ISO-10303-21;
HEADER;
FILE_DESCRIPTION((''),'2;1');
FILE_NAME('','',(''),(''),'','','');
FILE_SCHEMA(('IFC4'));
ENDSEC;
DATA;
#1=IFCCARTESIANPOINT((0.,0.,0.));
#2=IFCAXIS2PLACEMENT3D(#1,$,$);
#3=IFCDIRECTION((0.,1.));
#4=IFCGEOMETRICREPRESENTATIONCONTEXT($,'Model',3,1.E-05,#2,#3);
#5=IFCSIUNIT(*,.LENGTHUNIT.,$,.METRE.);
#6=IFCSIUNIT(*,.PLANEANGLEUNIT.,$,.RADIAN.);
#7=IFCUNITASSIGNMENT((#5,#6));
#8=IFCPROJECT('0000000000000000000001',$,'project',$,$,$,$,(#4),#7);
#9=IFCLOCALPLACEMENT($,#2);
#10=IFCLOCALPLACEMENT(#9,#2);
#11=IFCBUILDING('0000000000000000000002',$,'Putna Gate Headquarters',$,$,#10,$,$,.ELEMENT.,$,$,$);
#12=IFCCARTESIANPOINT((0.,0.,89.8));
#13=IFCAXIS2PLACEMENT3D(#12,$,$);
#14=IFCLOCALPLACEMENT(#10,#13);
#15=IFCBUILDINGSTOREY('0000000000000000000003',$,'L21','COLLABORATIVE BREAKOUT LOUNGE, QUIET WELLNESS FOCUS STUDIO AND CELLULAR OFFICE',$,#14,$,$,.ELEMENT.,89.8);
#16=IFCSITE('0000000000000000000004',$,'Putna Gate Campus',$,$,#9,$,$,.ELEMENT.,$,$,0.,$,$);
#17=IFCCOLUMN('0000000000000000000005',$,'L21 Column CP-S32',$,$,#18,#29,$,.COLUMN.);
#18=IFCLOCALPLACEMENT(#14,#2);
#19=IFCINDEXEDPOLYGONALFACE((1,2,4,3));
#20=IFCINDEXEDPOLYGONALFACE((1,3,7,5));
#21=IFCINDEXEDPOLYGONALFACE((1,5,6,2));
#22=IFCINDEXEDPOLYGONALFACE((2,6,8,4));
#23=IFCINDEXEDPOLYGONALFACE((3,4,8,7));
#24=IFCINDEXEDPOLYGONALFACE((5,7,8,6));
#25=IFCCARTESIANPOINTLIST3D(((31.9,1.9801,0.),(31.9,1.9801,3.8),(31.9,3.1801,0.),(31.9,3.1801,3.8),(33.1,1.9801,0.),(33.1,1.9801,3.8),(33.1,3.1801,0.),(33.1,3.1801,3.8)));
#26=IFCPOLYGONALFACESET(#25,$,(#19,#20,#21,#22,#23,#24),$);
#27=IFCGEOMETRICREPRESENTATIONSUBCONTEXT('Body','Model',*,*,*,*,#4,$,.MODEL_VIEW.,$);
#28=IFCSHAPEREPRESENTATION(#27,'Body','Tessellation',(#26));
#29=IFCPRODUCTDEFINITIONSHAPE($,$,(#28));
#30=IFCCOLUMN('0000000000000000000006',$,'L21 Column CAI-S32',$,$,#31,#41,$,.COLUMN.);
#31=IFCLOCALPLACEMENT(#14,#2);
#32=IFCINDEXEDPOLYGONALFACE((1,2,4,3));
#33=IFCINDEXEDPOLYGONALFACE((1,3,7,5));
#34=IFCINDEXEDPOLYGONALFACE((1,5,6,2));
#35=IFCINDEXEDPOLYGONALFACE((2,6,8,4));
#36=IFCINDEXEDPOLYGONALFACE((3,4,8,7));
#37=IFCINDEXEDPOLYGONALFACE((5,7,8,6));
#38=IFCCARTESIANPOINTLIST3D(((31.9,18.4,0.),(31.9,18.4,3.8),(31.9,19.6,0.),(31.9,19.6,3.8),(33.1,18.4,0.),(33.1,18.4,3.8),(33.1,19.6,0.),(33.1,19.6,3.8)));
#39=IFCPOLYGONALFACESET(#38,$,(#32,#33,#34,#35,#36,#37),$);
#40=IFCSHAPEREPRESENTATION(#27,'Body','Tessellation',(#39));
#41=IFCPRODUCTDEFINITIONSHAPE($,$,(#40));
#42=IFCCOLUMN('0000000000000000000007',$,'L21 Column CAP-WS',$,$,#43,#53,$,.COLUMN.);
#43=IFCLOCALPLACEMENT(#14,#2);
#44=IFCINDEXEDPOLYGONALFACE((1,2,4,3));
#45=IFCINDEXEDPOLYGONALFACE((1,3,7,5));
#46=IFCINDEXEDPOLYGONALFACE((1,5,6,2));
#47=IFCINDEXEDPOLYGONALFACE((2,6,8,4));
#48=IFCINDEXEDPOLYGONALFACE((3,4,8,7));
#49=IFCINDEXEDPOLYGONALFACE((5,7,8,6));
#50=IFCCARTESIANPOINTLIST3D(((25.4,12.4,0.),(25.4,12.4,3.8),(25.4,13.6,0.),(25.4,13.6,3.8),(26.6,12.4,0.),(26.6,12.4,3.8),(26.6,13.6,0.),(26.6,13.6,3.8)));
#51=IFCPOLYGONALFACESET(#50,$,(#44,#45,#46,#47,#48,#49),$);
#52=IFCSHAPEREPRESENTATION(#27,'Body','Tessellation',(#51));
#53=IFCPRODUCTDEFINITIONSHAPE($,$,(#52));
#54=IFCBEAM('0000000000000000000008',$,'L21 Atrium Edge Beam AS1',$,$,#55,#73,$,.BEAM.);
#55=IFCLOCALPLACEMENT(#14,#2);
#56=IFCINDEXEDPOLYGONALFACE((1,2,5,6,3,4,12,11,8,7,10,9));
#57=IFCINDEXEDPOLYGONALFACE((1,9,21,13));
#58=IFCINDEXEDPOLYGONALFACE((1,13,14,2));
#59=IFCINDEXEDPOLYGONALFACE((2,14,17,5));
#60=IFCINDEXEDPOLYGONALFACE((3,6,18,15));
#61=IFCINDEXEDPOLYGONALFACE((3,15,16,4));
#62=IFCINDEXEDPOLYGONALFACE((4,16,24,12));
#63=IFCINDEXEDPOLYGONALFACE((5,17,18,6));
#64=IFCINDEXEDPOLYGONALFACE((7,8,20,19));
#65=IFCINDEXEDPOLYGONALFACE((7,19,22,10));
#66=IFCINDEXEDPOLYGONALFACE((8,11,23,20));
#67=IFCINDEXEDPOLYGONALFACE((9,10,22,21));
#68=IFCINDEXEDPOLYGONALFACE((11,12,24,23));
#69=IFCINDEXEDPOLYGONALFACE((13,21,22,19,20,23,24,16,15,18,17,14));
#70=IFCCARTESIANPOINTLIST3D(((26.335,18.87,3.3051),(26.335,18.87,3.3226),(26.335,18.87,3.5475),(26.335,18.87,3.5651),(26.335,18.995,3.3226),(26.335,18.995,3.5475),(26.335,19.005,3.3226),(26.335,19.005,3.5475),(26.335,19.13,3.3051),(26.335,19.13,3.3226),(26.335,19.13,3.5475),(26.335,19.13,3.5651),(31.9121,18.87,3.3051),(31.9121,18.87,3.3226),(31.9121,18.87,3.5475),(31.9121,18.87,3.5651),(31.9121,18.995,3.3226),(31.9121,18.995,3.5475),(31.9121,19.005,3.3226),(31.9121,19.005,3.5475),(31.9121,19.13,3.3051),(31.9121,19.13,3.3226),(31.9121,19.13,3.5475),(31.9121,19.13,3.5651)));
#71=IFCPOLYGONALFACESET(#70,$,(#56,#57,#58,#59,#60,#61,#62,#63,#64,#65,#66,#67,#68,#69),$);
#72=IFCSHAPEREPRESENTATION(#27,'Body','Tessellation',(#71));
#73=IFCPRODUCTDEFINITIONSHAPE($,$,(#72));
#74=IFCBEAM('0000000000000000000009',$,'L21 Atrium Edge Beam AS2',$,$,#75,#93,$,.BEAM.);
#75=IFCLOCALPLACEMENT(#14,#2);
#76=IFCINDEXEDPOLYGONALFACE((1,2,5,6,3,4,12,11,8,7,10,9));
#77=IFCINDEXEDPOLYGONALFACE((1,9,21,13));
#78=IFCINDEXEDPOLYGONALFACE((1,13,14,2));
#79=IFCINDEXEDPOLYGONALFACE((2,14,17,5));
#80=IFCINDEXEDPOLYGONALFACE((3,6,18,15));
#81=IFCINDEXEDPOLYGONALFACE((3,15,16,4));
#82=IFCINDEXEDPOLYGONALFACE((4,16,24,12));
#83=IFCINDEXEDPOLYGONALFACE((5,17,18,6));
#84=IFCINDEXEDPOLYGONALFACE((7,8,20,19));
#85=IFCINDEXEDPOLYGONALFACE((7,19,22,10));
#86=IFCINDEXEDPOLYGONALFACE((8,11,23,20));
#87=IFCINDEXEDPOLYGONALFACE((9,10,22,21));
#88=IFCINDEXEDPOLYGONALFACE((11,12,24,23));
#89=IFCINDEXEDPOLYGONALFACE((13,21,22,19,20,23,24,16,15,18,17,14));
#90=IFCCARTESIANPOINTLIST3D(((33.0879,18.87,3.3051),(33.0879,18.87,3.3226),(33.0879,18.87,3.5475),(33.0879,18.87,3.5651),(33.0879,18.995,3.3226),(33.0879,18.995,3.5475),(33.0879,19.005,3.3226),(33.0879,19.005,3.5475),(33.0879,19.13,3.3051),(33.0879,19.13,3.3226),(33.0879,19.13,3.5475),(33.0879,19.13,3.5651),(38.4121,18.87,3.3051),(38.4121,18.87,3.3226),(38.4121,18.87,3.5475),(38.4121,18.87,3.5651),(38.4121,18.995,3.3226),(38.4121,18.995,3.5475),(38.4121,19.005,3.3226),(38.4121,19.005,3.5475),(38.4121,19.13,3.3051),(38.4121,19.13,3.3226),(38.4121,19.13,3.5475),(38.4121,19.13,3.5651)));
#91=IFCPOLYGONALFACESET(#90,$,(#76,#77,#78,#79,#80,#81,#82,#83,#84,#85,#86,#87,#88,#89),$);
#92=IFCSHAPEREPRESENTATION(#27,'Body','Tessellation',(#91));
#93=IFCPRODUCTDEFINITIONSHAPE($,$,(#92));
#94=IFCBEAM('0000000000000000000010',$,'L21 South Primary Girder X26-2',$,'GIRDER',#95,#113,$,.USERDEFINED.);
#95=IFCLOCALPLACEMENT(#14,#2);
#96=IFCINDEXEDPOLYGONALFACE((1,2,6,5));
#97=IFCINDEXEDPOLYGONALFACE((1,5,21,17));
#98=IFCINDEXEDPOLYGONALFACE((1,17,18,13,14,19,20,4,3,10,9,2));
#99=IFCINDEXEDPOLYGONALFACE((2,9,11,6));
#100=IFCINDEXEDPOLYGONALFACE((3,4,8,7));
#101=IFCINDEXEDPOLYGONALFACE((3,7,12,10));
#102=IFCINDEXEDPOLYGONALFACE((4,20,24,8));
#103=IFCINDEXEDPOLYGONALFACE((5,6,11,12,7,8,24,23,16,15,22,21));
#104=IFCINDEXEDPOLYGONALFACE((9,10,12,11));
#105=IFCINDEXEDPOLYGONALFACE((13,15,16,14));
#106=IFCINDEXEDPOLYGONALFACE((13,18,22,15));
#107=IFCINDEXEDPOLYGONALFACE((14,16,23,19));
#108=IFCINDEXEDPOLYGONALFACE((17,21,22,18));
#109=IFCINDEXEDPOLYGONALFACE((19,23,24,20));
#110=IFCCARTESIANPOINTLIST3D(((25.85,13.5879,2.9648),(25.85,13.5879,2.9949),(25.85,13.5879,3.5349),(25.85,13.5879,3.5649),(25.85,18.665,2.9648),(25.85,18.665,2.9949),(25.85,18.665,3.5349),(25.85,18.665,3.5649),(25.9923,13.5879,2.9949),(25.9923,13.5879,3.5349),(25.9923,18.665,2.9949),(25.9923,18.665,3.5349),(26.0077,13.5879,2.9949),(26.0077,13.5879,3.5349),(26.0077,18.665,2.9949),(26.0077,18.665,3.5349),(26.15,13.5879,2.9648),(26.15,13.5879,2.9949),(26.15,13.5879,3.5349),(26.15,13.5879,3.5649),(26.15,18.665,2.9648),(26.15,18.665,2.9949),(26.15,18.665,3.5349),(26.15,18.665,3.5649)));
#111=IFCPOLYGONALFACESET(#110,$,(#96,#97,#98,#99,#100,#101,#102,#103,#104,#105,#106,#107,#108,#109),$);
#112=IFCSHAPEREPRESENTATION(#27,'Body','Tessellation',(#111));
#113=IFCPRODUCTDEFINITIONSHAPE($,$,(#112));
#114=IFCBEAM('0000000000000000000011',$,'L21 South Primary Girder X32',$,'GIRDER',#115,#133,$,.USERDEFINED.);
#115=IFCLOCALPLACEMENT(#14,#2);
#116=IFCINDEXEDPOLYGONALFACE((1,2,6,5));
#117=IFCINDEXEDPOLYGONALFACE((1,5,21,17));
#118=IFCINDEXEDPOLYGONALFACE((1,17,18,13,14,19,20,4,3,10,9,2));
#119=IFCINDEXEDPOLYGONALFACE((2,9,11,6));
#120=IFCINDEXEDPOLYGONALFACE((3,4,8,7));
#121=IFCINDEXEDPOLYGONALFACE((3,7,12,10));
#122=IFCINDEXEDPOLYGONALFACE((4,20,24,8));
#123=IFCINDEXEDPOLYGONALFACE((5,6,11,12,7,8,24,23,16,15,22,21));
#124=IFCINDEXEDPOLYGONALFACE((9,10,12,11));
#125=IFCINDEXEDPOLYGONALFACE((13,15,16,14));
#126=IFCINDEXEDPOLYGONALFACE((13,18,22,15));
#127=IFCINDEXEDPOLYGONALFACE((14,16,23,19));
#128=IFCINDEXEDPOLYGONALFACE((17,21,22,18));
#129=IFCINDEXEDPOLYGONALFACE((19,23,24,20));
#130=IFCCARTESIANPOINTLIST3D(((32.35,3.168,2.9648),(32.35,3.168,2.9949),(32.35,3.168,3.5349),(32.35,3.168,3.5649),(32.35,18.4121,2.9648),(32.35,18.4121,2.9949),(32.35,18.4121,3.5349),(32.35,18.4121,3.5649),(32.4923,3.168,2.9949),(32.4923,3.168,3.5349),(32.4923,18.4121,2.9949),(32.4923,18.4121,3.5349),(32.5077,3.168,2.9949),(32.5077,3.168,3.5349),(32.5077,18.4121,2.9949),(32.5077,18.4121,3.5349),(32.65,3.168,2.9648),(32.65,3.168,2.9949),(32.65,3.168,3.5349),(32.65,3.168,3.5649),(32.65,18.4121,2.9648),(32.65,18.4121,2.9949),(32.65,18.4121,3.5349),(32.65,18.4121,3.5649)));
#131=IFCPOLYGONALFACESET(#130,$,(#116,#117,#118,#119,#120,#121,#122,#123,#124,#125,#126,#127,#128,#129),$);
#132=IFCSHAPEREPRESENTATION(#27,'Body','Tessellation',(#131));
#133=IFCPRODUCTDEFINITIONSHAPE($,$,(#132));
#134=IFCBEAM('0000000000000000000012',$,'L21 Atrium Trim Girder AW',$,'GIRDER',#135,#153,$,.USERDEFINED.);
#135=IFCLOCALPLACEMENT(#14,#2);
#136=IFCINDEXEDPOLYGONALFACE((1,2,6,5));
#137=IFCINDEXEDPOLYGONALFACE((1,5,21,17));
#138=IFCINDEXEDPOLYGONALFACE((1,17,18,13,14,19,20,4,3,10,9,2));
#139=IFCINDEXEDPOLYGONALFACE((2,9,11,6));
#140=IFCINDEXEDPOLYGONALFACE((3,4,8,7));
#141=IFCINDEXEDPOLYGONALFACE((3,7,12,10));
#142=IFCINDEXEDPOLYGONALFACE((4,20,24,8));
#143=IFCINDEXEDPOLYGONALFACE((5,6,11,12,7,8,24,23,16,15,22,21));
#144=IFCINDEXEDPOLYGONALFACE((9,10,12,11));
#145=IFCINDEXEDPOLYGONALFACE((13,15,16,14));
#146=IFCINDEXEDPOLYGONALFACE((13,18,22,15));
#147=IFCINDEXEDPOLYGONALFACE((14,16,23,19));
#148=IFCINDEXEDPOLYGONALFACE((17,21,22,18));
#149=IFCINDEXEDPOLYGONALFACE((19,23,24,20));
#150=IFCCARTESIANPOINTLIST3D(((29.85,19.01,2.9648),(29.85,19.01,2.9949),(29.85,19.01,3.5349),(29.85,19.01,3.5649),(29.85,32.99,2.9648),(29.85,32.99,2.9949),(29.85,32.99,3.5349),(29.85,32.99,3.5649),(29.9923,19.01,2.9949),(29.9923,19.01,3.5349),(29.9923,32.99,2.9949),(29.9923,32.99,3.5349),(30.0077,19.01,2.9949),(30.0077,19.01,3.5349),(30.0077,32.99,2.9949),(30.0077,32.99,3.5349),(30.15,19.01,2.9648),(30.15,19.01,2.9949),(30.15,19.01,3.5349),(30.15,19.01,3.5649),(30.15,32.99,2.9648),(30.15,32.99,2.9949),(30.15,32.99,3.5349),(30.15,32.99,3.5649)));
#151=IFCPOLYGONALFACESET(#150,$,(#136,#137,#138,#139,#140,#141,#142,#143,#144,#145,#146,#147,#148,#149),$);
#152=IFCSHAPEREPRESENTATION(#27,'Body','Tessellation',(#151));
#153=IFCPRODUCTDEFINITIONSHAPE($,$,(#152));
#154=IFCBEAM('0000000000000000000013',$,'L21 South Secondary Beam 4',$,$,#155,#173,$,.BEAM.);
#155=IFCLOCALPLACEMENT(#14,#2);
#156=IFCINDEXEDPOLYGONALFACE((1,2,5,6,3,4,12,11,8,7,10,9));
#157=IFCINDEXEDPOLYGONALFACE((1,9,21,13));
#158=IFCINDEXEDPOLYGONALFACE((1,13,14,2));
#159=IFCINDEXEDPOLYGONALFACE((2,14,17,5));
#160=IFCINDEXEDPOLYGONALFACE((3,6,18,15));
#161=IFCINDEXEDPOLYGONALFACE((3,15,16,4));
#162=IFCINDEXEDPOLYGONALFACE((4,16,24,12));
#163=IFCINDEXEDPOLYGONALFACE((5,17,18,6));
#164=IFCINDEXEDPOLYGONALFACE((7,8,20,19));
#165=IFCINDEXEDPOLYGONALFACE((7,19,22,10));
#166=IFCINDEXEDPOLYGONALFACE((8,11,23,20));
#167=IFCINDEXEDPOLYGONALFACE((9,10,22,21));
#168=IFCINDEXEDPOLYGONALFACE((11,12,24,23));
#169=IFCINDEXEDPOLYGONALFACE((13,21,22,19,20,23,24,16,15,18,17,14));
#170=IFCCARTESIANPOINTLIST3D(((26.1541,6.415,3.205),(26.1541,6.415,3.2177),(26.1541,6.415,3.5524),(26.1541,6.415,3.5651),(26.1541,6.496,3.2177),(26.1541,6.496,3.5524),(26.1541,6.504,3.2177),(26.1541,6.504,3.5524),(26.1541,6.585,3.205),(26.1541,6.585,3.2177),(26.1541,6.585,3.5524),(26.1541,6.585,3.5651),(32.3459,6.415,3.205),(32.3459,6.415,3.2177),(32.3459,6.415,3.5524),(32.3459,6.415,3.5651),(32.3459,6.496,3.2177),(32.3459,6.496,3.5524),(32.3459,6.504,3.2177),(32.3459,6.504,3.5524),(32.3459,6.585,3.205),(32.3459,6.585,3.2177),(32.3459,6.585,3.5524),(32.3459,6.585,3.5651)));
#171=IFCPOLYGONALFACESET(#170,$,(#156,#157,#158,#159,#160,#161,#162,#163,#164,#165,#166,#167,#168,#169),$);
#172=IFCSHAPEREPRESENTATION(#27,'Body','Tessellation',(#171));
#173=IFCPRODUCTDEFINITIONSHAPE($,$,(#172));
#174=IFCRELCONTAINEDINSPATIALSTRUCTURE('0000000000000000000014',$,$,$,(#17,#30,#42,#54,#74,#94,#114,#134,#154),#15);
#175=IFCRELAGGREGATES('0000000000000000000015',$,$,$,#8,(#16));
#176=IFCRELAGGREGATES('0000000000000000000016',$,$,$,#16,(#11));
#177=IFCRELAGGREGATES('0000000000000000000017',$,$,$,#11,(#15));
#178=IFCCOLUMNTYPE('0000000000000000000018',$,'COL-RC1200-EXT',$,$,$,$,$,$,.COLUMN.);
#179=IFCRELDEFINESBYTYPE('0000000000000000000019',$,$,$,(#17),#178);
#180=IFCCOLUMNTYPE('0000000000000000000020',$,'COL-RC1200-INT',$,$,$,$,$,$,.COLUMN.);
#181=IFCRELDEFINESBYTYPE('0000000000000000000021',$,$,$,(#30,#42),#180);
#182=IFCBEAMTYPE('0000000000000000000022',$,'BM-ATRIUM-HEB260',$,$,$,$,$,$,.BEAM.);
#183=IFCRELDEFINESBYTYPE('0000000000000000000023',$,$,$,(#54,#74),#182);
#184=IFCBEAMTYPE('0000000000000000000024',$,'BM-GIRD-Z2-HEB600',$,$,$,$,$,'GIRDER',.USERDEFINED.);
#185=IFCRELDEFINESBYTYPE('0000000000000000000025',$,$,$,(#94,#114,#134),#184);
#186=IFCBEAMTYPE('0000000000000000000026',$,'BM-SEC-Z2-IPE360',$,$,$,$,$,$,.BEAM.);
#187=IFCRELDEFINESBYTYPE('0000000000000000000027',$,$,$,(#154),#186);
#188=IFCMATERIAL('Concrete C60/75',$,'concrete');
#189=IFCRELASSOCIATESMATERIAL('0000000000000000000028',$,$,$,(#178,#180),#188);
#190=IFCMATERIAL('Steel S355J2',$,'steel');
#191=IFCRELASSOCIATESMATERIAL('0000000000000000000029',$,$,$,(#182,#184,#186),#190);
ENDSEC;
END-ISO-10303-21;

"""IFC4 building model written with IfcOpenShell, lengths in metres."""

from ifc_helpers import new_model, si_unit, direction, frame, origin, origin_2d, place, context, subcontext, project, spatial, rectangle, i_section, extrude, material, material_profile, profile_set, type_object, element, save


model = new_model("IFC4")

# Units and contexts
model_context = context("Model", 3, precision=1e-05, world=origin(), true_north=direction((0.0, 1.0)))
body_context = subcontext(model_context, "Body", "Model", "MODEL_VIEW")
ifc_project = project(units=[si_unit("LENGTHUNIT", "METRE"), si_unit("PLANEANGLEUNIT", "RADIAN")], contexts=[model_context])

# Site, building, storey
site_placement = place(None, origin())
site = spatial("IfcSite", under=ifc_project, at=site_placement, Name="Putna Gate Campus", CompositionType="ELEMENT", RefElevation=0.0)
building_placement = place(site_placement, origin())
building = spatial("IfcBuilding", under=site, at=building_placement, Name="Putna Gate Headquarters", CompositionType="ELEMENT")
storey_placement = place(building_placement, frame((0.0, 0.0, 89.8)))
storey = spatial("IfcBuildingStorey", under=building, at=storey_placement, Name="L21", Description="COLLABORATIVE BREAKOUT LOUNGE, QUIET WELLNESS FOCUS STUDIO AND CELLULAR OFFICE", CompositionType="ELEMENT", Elevation=89.8)

# Columns
ifc_material_1 = material(Name="Concrete C60/75", Category="concrete")
ifc_material_profile_1 = material_profile(ifc_material_1, rectangle(XDim=1.2, YDim=1.2, at=origin_2d()), Name="Concrete C60/75")
ifc_profile_set_1 = profile_set([ifc_material_profile_1], Name="Concrete C60/75")
column_type_1 = type_object("IfcColumnType", Name="COL-RC1200-EXT", PredefinedType="COLUMN", material=ifc_profile_set_1)
column_placement = place(storey_placement, frame((32.5, 2.5801, 0.0), z_axis=(0.0, 0.0, 1.0), x_axis=(1.0, 0.0, 0.0)))
element("IfcColumn", 1, at=column_placement, inside=storey, type_object=column_type_1, Name="L21 Column CP-S32", PredefinedType="COLUMN", context=body_context, shape_type="SweptSolid", body=[
    extrude(rectangle(XDim=1.2, YDim=1.2, at=origin_2d()), origin(), (0.0, 0.0, 1.0), 3.8),
])
ifc_material_profile_2 = material_profile(ifc_material_1, rectangle(XDim=1.2, YDim=1.2, at=origin_2d()), Name="Concrete C60/75")
ifc_profile_set_2 = profile_set([ifc_material_profile_2], Name="Concrete C60/75")
column_type_2 = type_object("IfcColumnType", Name="COL-RC1200-INT", PredefinedType="COLUMN", material=ifc_profile_set_2)
for number, where, z_axis, x_axis, name in (
    (2, (32.5, 19.0, 0.0), (0.0, 0.0, 1.0), (1.0, 0.0, 0.0), "L21 Column CAI-S32"),
    (3, (26.0, 13.0, 0.0), (0.0, 0.0, 1.0), (1.0, 0.0, 0.0), "L21 Column CAP-WS"),
):
    element("IfcColumn", number, at=place(storey_placement, frame(where, z_axis=z_axis, x_axis=x_axis)), inside=storey, type_object=column_type_2, Name=name, PredefinedType="COLUMN", context=body_context, shape_type="SweptSolid", body=[
        extrude(rectangle(XDim=1.2, YDim=1.2, at=origin_2d()), origin(), (0.0, 0.0, 1.0), 3.8),
    ])

# Beams
ifc_material_2 = material(Name="Steel S355J2", Category="steel")
ifc_material_profile_3 = material_profile(ifc_material_2, i_section(OverallWidth=0.26, OverallDepth=0.26, WebThickness=0.01, FlangeThickness=0.0176, at=origin_2d()), Name="Steel S355J2")
ifc_profile_set_3 = profile_set([ifc_material_profile_3], Name="Steel S355J2")
beam_type_1 = type_object("IfcBeamType", Name="BM-ATRIUM-HEB260", PredefinedType="BEAM", material=ifc_profile_set_3)
beam_1_placement = place(storey_placement, frame((26.335, 19.0, 3.4351), z_axis=(1.0, 0.0, 0.0), x_axis=(0.0, 1.0, 0.0)))
element("IfcBeam", 4, at=beam_1_placement, inside=storey, type_object=beam_type_1, Name="L21 Atrium Edge Beam AS1", PredefinedType="BEAM", context=body_context, shape_type="SweptSolid", body=[
    extrude(i_section(OverallWidth=0.26, OverallDepth=0.26, WebThickness=0.01, FlangeThickness=0.0176, at=origin_2d()), origin(), (0.0, 0.0, 1.0), 5.5771),
])
beam_2_placement = place(storey_placement, frame((33.0879, 19.0, 3.4351), z_axis=(1.0, 0.0, 0.0), x_axis=(0.0, 1.0, 0.0)))
element("IfcBeam", 5, at=beam_2_placement, inside=storey, type_object=beam_type_1, Name="L21 Atrium Edge Beam AS2", PredefinedType="BEAM", context=body_context, shape_type="SweptSolid", body=[
    extrude(i_section(OverallWidth=0.26, OverallDepth=0.26, WebThickness=0.01, FlangeThickness=0.0176, at=origin_2d()), origin(), (0.0, 0.0, 1.0), 5.3242),
])
ifc_material_profile_4 = material_profile(ifc_material_2, i_section(OverallWidth=0.3, OverallDepth=0.6001, WebThickness=0.0154, FlangeThickness=0.03, at=origin_2d()), Name="Steel S355J2")
ifc_profile_set_4 = profile_set([ifc_material_profile_4], Name="Steel S355J2")
beam_type_2 = type_object("IfcBeamType", Name="BM-GIRD-Z2-HEB600", ElementType="GIRDER", PredefinedType="USERDEFINED", material=ifc_profile_set_4)
beam_3_placement = place(storey_placement, frame((26.0, 13.5879, 3.2649), z_axis=(0.0, 1.0, 0.0), x_axis=(-1.0, 0.0, 0.0)))
element("IfcBeam", 6, at=beam_3_placement, inside=storey, type_object=beam_type_2, Name="L21 South Primary Girder X26-2", ObjectType="GIRDER", PredefinedType="USERDEFINED", context=body_context, shape_type="SweptSolid", body=[
    extrude(i_section(OverallWidth=0.3, OverallDepth=0.6001, WebThickness=0.0154, FlangeThickness=0.03, at=origin_2d()), origin(), (0.0, 0.0, 1.0), 5.0771),
])
beam_4_placement = place(storey_placement, frame((32.5, 3.168, 3.2649), z_axis=(0.0, 1.0, 0.0), x_axis=(-1.0, 0.0, 0.0)))
element("IfcBeam", 7, at=beam_4_placement, inside=storey, type_object=beam_type_2, Name="L21 South Primary Girder X32", ObjectType="GIRDER", PredefinedType="USERDEFINED", context=body_context, shape_type="SweptSolid", body=[
    extrude(i_section(OverallWidth=0.3, OverallDepth=0.6001, WebThickness=0.0154, FlangeThickness=0.03, at=origin_2d()), origin(), (0.0, 0.0, 1.0), 15.2441),
])
beam_5_placement = place(storey_placement, frame((30.0, 19.01, 3.2649), z_axis=(0.0, 1.0, 0.0), x_axis=(-1.0, 0.0, 0.0)))
element("IfcBeam", 8, at=beam_5_placement, inside=storey, type_object=beam_type_2, Name="L21 Atrium Trim Girder AW", ObjectType="GIRDER", PredefinedType="USERDEFINED", context=body_context, shape_type="SweptSolid", body=[
    extrude(i_section(OverallWidth=0.3, OverallDepth=0.6001, WebThickness=0.0154, FlangeThickness=0.03, at=origin_2d()), origin(), (0.0, 0.0, 1.0), 13.98),
])
ifc_material_profile_5 = material_profile(ifc_material_2, i_section(OverallWidth=0.1699, OverallDepth=0.3601, WebThickness=0.0081, FlangeThickness=0.0127, at=origin_2d()), Name="Steel S355J2")
ifc_profile_set_5 = profile_set([ifc_material_profile_5], Name="Steel S355J2")
beam_type_3 = type_object("IfcBeamType", Name="BM-SEC-Z2-IPE360", PredefinedType="BEAM", material=ifc_profile_set_5)
beam_6_placement = place(storey_placement, frame((26.1541, 6.5, 3.385), z_axis=(1.0, 0.0, 0.0), x_axis=(0.0, 1.0, 0.0)))
element("IfcBeam", 9, at=beam_6_placement, inside=storey, type_object=beam_type_3, Name="L21 South Secondary Beam 4", PredefinedType="BEAM", context=body_context, shape_type="SweptSolid", body=[
    extrude(i_section(OverallWidth=0.1699, OverallDepth=0.3601, WebThickness=0.0081, FlangeThickness=0.0127, at=origin_2d()), origin(), (0.0, 0.0, 1.0), 6.1919),
])

save(model, "model.ifc")
